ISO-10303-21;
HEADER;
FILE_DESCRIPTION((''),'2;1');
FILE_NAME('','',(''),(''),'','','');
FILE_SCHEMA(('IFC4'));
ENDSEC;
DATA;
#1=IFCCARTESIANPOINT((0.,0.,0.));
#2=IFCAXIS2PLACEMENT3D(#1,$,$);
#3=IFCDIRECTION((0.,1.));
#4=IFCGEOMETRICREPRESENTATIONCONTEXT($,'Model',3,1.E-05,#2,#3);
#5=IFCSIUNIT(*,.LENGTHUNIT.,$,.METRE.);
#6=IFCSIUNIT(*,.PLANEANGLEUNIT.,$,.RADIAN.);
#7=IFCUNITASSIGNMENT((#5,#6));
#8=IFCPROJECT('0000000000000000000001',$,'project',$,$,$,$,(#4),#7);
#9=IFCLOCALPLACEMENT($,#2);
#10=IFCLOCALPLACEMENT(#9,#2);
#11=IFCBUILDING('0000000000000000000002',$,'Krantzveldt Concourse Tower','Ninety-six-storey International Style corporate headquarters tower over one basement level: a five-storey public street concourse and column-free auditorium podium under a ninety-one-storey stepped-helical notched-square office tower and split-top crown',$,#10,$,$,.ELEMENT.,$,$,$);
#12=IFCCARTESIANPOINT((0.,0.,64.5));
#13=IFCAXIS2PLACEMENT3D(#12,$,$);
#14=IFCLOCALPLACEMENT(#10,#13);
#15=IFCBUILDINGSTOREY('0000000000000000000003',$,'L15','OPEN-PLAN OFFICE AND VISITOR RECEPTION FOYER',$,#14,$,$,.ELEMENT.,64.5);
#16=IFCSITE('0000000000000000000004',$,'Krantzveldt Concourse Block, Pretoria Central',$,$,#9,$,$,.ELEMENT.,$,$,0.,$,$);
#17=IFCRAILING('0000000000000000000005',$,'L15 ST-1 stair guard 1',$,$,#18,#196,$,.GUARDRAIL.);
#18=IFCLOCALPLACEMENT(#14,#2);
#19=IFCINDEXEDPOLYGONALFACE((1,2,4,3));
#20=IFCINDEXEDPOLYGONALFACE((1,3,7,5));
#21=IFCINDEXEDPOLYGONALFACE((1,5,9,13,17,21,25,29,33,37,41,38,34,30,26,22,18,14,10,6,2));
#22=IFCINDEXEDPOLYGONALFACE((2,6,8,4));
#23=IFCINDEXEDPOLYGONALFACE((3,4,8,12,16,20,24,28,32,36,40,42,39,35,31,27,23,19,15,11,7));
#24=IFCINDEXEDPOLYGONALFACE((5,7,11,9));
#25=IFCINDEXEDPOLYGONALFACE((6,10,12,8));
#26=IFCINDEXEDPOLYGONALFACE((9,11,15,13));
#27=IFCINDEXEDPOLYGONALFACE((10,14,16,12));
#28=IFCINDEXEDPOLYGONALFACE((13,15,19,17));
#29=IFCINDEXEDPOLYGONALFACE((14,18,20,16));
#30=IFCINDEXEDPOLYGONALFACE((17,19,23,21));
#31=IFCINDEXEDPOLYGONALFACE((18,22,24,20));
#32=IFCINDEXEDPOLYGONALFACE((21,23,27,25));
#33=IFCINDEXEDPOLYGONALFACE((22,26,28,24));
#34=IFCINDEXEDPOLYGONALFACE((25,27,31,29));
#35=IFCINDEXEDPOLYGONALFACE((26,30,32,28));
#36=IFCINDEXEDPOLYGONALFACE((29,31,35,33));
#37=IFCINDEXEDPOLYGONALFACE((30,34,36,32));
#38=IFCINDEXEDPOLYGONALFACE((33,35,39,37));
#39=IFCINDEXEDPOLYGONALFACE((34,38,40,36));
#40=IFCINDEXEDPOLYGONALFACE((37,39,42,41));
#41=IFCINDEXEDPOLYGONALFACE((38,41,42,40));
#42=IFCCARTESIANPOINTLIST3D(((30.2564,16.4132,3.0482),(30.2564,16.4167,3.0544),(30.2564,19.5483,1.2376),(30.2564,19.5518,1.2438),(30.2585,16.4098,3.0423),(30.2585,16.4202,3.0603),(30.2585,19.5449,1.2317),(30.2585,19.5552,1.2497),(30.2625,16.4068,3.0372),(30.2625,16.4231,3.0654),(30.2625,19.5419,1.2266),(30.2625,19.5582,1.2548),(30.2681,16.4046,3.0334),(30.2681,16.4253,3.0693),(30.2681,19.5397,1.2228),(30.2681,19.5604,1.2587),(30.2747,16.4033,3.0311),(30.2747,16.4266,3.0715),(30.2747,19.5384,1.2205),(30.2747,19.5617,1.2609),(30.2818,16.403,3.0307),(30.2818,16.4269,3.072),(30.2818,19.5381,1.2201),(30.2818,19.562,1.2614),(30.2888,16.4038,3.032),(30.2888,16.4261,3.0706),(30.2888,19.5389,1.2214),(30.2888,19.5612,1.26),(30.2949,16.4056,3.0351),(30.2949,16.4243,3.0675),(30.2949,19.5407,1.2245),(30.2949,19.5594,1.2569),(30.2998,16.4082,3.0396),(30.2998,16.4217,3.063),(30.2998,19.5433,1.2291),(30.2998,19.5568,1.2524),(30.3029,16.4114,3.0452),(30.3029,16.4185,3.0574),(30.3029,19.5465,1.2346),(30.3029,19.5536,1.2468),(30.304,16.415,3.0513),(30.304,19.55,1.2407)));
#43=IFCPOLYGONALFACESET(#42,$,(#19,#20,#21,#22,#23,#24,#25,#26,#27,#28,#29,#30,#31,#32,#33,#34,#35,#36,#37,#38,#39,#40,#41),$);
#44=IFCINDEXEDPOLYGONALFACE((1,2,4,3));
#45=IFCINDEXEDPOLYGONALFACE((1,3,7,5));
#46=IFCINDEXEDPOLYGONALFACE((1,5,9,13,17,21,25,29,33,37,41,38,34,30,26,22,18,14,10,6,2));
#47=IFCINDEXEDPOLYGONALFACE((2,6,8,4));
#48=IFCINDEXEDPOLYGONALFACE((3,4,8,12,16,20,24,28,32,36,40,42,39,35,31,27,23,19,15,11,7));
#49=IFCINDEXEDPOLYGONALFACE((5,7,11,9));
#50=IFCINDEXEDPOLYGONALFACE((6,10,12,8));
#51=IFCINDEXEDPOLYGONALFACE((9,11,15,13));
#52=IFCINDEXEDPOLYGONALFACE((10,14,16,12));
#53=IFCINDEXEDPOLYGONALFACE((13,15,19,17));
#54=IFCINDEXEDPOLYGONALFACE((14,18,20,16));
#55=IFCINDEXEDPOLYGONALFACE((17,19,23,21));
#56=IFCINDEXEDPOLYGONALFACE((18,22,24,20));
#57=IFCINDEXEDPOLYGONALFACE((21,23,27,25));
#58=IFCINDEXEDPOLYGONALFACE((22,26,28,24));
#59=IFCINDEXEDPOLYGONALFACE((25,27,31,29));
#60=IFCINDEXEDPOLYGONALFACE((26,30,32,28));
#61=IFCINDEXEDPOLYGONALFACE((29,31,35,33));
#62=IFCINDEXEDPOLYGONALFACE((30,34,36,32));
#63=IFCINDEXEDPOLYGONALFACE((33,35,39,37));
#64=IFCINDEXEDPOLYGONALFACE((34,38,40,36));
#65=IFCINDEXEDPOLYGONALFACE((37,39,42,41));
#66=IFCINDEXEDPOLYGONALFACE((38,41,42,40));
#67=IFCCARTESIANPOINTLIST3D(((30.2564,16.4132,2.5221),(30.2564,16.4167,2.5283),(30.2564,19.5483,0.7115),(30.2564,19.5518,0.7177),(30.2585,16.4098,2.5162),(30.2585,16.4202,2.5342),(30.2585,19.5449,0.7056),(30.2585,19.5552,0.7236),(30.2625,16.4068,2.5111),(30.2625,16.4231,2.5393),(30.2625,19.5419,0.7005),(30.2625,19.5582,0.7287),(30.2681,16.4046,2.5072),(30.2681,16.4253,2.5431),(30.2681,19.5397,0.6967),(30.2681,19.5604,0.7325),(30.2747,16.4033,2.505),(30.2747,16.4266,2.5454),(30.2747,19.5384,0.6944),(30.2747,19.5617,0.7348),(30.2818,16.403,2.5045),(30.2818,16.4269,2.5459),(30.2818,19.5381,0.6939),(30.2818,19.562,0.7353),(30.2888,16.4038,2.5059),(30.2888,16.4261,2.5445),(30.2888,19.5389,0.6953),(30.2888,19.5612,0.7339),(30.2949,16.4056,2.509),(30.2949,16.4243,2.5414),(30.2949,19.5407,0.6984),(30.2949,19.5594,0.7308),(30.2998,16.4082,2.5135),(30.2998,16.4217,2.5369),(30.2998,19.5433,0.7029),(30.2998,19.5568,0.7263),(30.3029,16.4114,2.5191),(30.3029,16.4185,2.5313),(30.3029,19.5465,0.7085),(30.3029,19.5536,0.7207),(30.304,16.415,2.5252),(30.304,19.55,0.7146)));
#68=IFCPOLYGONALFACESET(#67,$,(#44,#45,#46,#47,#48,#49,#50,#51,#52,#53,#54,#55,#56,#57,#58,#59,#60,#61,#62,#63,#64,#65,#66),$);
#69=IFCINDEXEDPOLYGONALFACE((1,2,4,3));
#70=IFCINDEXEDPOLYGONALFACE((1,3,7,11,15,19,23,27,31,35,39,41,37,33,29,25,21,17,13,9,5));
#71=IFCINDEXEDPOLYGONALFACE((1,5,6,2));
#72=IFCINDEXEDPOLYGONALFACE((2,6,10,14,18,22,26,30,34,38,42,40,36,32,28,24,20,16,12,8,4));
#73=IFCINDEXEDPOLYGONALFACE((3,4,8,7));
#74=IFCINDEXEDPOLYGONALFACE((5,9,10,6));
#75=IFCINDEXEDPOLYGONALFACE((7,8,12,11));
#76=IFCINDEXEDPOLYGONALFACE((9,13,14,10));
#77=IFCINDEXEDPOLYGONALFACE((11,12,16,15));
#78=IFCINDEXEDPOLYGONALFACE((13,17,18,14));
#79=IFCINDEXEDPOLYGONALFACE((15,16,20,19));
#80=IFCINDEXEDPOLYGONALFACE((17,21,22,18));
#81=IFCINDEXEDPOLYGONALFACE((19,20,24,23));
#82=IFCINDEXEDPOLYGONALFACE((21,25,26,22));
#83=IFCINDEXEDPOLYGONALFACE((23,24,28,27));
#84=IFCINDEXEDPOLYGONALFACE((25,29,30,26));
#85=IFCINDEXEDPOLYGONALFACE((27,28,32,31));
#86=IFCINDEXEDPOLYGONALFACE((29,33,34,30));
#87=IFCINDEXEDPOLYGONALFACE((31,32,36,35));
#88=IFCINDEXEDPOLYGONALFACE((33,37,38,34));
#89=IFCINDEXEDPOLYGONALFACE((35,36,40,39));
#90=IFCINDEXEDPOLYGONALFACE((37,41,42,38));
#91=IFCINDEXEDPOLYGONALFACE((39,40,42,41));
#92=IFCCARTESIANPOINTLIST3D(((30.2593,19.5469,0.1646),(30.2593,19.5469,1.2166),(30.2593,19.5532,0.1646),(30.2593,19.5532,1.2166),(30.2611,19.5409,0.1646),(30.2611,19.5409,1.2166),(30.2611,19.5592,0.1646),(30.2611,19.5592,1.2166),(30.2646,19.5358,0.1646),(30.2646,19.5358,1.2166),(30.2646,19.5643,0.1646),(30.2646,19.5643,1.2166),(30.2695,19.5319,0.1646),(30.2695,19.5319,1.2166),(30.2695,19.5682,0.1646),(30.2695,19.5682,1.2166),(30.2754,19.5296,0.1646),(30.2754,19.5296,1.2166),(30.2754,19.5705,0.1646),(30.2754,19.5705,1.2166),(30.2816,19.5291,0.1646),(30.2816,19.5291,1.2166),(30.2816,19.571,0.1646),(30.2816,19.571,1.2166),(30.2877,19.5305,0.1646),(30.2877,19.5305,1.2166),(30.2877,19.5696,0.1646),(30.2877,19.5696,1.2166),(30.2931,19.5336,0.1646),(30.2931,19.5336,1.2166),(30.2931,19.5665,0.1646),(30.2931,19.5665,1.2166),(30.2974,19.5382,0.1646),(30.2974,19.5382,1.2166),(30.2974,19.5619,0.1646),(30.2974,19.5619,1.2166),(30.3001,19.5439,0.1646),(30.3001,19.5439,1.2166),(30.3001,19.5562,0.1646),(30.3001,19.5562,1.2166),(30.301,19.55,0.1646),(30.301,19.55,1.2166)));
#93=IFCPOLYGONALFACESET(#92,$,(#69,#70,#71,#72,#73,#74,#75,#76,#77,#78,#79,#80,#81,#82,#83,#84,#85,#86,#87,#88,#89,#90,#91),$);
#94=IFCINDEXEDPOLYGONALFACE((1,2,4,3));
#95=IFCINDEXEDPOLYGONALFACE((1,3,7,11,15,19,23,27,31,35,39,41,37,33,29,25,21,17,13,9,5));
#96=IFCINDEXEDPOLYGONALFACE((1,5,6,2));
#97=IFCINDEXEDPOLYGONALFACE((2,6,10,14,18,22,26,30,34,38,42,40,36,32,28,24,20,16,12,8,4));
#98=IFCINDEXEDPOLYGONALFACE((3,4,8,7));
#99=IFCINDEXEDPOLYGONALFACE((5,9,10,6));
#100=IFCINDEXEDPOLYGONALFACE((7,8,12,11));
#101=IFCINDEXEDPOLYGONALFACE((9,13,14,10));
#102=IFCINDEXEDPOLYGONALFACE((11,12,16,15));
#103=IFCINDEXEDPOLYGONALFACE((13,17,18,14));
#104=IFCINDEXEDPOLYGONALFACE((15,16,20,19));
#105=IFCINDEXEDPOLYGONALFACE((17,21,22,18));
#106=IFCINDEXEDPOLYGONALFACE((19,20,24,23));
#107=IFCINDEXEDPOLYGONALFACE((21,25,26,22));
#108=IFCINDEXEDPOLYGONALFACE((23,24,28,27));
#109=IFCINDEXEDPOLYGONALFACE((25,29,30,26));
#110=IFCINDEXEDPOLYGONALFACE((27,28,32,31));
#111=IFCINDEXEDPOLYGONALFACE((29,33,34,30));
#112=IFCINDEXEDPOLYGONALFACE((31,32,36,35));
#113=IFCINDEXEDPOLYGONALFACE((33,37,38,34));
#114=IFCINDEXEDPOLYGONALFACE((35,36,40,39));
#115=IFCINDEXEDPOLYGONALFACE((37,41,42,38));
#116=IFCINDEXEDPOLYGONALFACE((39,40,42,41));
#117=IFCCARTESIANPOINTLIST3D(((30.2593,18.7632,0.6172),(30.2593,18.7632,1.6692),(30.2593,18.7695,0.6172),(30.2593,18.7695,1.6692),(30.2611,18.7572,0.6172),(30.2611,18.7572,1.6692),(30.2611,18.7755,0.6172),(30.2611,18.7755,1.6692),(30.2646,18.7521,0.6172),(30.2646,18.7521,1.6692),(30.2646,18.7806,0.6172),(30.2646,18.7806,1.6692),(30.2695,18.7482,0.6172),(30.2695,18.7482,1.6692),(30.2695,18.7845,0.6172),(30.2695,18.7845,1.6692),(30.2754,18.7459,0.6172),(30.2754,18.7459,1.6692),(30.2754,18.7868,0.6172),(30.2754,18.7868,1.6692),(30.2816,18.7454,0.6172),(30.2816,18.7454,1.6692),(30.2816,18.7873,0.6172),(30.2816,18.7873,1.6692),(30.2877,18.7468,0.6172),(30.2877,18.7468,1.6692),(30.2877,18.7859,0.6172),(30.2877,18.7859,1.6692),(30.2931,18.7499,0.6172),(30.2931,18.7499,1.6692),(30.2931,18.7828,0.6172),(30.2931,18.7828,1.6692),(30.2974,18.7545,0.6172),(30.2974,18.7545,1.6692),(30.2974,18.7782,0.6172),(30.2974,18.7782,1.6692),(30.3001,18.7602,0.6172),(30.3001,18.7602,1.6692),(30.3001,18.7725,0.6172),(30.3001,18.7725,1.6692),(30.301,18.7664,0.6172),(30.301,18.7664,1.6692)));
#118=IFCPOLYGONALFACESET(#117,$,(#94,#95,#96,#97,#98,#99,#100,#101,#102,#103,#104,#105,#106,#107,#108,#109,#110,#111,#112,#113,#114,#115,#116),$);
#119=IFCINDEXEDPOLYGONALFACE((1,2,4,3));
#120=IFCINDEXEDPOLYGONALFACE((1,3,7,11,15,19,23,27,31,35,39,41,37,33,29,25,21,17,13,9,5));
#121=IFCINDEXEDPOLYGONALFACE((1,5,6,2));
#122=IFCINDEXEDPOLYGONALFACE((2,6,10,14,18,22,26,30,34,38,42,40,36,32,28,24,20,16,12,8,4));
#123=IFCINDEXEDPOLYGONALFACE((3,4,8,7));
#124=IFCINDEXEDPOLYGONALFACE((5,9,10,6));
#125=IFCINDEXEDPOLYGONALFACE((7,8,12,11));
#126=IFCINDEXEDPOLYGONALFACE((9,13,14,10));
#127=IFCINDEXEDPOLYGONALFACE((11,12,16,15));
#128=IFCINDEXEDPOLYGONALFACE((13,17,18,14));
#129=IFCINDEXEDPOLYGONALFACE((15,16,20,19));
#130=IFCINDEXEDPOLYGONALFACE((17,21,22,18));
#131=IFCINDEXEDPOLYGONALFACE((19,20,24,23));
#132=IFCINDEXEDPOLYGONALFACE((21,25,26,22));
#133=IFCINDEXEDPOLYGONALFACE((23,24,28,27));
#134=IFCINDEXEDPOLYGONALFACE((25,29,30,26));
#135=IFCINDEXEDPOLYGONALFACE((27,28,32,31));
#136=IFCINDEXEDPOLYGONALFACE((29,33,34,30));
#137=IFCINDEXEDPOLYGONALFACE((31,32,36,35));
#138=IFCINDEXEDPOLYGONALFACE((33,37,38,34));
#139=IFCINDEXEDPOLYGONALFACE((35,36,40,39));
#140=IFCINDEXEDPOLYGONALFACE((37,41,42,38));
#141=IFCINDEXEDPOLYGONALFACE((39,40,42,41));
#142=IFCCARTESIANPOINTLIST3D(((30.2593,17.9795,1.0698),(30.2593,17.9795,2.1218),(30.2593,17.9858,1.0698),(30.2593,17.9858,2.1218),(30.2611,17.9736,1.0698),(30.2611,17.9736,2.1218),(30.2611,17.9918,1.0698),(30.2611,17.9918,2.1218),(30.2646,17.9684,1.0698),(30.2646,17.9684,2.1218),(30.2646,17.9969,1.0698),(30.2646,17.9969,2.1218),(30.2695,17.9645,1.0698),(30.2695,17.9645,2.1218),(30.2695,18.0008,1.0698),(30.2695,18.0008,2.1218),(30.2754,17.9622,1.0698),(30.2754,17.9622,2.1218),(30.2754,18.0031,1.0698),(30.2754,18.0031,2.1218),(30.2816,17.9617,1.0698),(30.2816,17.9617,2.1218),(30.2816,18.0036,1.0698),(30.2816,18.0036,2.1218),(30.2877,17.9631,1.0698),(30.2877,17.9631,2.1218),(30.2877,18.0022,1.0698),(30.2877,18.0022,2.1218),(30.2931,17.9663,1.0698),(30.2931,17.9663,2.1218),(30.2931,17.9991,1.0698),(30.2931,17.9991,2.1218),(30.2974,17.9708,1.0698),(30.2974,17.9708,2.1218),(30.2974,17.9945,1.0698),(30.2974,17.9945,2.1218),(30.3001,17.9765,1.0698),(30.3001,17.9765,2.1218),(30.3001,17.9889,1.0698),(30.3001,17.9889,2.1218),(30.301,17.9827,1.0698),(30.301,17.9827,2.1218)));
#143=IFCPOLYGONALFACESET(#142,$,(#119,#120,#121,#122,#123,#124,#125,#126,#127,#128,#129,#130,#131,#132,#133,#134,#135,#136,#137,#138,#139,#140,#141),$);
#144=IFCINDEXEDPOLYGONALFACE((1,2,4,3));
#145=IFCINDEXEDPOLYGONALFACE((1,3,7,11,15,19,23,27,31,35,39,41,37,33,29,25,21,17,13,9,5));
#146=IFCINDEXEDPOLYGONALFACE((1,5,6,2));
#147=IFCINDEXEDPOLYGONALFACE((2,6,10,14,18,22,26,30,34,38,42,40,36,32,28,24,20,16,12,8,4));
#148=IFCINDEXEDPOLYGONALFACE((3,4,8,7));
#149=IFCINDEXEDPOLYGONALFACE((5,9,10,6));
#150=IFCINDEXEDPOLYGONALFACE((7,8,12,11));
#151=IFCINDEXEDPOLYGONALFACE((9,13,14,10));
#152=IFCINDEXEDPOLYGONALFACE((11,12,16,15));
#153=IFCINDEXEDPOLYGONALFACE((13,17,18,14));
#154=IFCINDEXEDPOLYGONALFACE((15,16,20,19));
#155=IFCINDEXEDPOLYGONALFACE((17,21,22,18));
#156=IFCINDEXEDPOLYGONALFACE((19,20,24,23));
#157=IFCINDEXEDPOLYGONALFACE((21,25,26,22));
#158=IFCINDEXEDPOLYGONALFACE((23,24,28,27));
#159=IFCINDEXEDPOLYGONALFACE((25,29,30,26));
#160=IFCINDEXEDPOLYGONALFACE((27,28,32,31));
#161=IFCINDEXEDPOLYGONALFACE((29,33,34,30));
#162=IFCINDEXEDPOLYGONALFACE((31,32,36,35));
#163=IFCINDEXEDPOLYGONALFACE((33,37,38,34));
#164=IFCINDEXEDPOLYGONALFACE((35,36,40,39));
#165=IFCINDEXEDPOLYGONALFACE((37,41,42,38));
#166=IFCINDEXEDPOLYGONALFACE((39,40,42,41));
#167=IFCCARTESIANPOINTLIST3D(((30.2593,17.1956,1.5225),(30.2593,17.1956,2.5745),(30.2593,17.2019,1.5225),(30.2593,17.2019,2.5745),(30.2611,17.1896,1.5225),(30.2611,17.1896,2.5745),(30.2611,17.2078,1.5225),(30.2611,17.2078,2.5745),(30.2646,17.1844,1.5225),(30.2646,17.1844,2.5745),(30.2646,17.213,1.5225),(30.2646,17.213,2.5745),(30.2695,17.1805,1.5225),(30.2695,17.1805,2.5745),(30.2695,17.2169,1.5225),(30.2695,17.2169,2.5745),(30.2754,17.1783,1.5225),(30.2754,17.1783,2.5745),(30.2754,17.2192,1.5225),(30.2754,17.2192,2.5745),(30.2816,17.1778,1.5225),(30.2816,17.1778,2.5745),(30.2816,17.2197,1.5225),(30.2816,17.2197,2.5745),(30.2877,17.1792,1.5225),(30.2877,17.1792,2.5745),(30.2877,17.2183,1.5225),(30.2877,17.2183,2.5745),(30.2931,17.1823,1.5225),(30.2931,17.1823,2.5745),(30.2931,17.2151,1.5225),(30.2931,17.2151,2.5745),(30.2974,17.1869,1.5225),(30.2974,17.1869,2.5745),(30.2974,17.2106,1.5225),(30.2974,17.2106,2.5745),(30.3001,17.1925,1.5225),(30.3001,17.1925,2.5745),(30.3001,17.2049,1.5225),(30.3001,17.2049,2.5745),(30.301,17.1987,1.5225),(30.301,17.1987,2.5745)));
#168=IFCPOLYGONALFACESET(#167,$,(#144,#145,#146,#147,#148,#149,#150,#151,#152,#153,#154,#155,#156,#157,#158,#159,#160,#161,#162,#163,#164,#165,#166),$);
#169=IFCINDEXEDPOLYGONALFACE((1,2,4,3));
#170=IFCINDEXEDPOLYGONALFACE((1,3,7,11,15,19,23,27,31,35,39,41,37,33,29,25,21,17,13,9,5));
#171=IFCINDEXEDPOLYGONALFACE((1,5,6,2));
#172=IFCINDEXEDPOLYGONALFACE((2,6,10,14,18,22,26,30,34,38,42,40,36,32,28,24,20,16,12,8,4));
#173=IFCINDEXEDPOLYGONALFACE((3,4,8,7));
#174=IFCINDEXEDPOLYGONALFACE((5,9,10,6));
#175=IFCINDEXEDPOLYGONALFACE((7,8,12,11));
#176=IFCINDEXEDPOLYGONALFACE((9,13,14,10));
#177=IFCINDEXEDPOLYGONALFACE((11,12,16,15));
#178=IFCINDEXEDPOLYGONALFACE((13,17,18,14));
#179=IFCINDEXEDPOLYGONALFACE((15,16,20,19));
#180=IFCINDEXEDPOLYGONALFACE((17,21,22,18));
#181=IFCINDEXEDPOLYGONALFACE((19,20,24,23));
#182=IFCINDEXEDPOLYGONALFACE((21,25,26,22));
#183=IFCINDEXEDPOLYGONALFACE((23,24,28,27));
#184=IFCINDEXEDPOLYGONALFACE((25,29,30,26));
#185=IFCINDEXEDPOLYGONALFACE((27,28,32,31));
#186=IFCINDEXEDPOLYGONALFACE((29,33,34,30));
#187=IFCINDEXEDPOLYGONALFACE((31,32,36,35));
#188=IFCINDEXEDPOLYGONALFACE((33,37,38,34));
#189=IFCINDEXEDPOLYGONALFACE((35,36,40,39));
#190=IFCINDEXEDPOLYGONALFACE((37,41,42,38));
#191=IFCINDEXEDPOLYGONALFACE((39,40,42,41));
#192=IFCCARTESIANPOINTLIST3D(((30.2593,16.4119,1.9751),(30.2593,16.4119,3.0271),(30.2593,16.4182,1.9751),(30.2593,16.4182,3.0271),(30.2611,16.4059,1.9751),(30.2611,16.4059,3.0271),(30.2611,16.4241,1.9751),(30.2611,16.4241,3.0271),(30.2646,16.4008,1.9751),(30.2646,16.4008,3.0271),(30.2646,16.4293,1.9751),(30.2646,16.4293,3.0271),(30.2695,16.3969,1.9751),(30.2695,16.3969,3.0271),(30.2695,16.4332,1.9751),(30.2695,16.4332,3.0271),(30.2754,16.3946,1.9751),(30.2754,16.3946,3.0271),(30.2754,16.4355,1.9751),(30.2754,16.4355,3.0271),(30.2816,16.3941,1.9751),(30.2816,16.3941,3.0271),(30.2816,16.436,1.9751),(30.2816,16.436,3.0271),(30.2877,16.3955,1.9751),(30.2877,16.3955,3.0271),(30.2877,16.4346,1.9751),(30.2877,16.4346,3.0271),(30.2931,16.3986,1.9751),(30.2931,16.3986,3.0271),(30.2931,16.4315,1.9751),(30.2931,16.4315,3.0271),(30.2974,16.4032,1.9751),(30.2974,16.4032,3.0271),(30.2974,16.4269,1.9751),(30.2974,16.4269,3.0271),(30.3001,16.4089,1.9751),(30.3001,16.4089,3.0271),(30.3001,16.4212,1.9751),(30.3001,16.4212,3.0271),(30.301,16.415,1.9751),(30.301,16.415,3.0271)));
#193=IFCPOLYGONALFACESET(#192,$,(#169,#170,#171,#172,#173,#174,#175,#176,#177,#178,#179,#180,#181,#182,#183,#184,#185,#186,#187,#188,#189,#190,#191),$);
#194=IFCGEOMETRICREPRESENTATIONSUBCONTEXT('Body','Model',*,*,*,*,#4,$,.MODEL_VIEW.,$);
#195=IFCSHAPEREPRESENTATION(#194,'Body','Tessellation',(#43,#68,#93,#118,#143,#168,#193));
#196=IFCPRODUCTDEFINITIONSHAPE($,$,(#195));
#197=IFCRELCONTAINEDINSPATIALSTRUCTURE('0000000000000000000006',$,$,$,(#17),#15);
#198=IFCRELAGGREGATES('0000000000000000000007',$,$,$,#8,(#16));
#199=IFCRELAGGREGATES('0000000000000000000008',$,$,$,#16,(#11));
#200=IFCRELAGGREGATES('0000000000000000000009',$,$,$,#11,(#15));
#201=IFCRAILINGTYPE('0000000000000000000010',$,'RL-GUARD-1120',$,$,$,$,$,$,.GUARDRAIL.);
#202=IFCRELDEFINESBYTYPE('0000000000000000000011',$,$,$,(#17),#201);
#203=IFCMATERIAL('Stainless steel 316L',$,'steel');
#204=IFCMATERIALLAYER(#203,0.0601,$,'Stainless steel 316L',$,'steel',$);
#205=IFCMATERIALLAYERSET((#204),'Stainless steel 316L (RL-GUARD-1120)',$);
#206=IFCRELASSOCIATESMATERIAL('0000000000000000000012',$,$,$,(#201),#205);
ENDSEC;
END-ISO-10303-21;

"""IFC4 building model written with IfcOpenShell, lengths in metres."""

from ifc_helpers import new_model, si_unit, direction, frame, origin, origin_2d, place, context, subcontext, project, spatial, circle, extrude, material, layer, layer_set, type_object, element, save


model = new_model("IFC4")

# Units and contexts
model_context = context("Model", 3, precision=1e-05, world=origin(), true_north=direction((0.0, 1.0)))
body_context = subcontext(model_context, "Body", "Model", "MODEL_VIEW")
ifc_project = project(units=[si_unit("LENGTHUNIT", "METRE"), si_unit("PLANEANGLEUNIT", "RADIAN")], contexts=[model_context])

# Site, building, storey
site_placement = place(None, origin())
site = spatial("IfcSite", under=ifc_project, at=site_placement, Name="Krantzveldt Concourse Block, Pretoria Central", CompositionType="ELEMENT", RefElevation=0.0)
building_placement = place(site_placement, origin())
building = spatial("IfcBuilding", under=site, at=building_placement, Name="Krantzveldt Concourse Tower", Description="Ninety-six-storey International Style corporate headquarters tower over one basement level: a five-storey public street concourse and column-free auditorium podium under a ninety-one-storey stepped-helical notched-square office tower and split-top crown", CompositionType="ELEMENT")
storey_placement = place(building_placement, frame((0.0, 0.0, 64.5)))
storey = spatial("IfcBuildingStorey", under=building, at=storey_placement, Name="L15", Description="OPEN-PLAN OFFICE AND VISITOR RECEPTION FOYER", CompositionType="ELEMENT", Elevation=64.5)

# Railing
ifc_material_1 = material(Name="Stainless steel 316L", Category="steel")
ifc_layer_1 = layer(ifc_material_1, 0.0601, Name="Stainless steel 316L", Category="steel")
ifc_layer_set_1 = layer_set([ifc_layer_1], Name="Stainless steel 316L (RL-GUARD-1120)")
railing_type_1 = type_object("IfcRailingType", Name="RL-GUARD-1120", PredefinedType="GUARDRAIL", material=ifc_layer_set_1)
railing_1_placement = place(storey_placement, frame((30.28, 19.55, 0.1646)))
element("IfcRailing", 1, at=railing_1_placement, inside=storey, type_object=railing_type_1, Name="L15 ST-1 stair guard 1", PredefinedType="GUARDRAIL", context=body_context, shape_type="SweptSolid", body=[
    extrude(circle(Radius=0.0239, at=origin_2d()), frame((0.0, 0.0, 1.0762), z_axis=(0.0, -0.86596, 0.500114), x_axis=(1.0, 0.0, 0.0)), (0.0, 0.0, 1.0), 3.6204),
    extrude(circle(Radius=0.0239, at=origin_2d()), frame((0.0, 0.0, 0.55), z_axis=(0.0, -0.86596, 0.500114), x_axis=(1.0, 0.0, 0.0)), (0.0, 0.0, 1.0), 3.6204),
    extrude(circle(Radius=0.021, at=origin_2d()), origin(), (0.0, 0.0, 1.0), 1.052),
    extrude(circle(Radius=0.021, at=origin_2d()), frame((0.0, -0.7837, 0.4526)), (0.0, 0.0, 1.0), 1.052),
    extrude(circle(Radius=0.021, at=origin_2d()), frame((0.0, -1.5674, 0.9053)), (0.0, 0.0, 1.0), 1.052),
    extrude(circle(Radius=0.021, at=origin_2d()), frame((0.0, -2.3513, 1.3579)), (0.0, 0.0, 1.0), 1.052),
    extrude(circle(Radius=0.021, at=origin_2d()), frame((0.0, -3.135, 1.8105)), (0.0, 0.0, 1.0), 1.052),
])

save(model, "model.ifc")
